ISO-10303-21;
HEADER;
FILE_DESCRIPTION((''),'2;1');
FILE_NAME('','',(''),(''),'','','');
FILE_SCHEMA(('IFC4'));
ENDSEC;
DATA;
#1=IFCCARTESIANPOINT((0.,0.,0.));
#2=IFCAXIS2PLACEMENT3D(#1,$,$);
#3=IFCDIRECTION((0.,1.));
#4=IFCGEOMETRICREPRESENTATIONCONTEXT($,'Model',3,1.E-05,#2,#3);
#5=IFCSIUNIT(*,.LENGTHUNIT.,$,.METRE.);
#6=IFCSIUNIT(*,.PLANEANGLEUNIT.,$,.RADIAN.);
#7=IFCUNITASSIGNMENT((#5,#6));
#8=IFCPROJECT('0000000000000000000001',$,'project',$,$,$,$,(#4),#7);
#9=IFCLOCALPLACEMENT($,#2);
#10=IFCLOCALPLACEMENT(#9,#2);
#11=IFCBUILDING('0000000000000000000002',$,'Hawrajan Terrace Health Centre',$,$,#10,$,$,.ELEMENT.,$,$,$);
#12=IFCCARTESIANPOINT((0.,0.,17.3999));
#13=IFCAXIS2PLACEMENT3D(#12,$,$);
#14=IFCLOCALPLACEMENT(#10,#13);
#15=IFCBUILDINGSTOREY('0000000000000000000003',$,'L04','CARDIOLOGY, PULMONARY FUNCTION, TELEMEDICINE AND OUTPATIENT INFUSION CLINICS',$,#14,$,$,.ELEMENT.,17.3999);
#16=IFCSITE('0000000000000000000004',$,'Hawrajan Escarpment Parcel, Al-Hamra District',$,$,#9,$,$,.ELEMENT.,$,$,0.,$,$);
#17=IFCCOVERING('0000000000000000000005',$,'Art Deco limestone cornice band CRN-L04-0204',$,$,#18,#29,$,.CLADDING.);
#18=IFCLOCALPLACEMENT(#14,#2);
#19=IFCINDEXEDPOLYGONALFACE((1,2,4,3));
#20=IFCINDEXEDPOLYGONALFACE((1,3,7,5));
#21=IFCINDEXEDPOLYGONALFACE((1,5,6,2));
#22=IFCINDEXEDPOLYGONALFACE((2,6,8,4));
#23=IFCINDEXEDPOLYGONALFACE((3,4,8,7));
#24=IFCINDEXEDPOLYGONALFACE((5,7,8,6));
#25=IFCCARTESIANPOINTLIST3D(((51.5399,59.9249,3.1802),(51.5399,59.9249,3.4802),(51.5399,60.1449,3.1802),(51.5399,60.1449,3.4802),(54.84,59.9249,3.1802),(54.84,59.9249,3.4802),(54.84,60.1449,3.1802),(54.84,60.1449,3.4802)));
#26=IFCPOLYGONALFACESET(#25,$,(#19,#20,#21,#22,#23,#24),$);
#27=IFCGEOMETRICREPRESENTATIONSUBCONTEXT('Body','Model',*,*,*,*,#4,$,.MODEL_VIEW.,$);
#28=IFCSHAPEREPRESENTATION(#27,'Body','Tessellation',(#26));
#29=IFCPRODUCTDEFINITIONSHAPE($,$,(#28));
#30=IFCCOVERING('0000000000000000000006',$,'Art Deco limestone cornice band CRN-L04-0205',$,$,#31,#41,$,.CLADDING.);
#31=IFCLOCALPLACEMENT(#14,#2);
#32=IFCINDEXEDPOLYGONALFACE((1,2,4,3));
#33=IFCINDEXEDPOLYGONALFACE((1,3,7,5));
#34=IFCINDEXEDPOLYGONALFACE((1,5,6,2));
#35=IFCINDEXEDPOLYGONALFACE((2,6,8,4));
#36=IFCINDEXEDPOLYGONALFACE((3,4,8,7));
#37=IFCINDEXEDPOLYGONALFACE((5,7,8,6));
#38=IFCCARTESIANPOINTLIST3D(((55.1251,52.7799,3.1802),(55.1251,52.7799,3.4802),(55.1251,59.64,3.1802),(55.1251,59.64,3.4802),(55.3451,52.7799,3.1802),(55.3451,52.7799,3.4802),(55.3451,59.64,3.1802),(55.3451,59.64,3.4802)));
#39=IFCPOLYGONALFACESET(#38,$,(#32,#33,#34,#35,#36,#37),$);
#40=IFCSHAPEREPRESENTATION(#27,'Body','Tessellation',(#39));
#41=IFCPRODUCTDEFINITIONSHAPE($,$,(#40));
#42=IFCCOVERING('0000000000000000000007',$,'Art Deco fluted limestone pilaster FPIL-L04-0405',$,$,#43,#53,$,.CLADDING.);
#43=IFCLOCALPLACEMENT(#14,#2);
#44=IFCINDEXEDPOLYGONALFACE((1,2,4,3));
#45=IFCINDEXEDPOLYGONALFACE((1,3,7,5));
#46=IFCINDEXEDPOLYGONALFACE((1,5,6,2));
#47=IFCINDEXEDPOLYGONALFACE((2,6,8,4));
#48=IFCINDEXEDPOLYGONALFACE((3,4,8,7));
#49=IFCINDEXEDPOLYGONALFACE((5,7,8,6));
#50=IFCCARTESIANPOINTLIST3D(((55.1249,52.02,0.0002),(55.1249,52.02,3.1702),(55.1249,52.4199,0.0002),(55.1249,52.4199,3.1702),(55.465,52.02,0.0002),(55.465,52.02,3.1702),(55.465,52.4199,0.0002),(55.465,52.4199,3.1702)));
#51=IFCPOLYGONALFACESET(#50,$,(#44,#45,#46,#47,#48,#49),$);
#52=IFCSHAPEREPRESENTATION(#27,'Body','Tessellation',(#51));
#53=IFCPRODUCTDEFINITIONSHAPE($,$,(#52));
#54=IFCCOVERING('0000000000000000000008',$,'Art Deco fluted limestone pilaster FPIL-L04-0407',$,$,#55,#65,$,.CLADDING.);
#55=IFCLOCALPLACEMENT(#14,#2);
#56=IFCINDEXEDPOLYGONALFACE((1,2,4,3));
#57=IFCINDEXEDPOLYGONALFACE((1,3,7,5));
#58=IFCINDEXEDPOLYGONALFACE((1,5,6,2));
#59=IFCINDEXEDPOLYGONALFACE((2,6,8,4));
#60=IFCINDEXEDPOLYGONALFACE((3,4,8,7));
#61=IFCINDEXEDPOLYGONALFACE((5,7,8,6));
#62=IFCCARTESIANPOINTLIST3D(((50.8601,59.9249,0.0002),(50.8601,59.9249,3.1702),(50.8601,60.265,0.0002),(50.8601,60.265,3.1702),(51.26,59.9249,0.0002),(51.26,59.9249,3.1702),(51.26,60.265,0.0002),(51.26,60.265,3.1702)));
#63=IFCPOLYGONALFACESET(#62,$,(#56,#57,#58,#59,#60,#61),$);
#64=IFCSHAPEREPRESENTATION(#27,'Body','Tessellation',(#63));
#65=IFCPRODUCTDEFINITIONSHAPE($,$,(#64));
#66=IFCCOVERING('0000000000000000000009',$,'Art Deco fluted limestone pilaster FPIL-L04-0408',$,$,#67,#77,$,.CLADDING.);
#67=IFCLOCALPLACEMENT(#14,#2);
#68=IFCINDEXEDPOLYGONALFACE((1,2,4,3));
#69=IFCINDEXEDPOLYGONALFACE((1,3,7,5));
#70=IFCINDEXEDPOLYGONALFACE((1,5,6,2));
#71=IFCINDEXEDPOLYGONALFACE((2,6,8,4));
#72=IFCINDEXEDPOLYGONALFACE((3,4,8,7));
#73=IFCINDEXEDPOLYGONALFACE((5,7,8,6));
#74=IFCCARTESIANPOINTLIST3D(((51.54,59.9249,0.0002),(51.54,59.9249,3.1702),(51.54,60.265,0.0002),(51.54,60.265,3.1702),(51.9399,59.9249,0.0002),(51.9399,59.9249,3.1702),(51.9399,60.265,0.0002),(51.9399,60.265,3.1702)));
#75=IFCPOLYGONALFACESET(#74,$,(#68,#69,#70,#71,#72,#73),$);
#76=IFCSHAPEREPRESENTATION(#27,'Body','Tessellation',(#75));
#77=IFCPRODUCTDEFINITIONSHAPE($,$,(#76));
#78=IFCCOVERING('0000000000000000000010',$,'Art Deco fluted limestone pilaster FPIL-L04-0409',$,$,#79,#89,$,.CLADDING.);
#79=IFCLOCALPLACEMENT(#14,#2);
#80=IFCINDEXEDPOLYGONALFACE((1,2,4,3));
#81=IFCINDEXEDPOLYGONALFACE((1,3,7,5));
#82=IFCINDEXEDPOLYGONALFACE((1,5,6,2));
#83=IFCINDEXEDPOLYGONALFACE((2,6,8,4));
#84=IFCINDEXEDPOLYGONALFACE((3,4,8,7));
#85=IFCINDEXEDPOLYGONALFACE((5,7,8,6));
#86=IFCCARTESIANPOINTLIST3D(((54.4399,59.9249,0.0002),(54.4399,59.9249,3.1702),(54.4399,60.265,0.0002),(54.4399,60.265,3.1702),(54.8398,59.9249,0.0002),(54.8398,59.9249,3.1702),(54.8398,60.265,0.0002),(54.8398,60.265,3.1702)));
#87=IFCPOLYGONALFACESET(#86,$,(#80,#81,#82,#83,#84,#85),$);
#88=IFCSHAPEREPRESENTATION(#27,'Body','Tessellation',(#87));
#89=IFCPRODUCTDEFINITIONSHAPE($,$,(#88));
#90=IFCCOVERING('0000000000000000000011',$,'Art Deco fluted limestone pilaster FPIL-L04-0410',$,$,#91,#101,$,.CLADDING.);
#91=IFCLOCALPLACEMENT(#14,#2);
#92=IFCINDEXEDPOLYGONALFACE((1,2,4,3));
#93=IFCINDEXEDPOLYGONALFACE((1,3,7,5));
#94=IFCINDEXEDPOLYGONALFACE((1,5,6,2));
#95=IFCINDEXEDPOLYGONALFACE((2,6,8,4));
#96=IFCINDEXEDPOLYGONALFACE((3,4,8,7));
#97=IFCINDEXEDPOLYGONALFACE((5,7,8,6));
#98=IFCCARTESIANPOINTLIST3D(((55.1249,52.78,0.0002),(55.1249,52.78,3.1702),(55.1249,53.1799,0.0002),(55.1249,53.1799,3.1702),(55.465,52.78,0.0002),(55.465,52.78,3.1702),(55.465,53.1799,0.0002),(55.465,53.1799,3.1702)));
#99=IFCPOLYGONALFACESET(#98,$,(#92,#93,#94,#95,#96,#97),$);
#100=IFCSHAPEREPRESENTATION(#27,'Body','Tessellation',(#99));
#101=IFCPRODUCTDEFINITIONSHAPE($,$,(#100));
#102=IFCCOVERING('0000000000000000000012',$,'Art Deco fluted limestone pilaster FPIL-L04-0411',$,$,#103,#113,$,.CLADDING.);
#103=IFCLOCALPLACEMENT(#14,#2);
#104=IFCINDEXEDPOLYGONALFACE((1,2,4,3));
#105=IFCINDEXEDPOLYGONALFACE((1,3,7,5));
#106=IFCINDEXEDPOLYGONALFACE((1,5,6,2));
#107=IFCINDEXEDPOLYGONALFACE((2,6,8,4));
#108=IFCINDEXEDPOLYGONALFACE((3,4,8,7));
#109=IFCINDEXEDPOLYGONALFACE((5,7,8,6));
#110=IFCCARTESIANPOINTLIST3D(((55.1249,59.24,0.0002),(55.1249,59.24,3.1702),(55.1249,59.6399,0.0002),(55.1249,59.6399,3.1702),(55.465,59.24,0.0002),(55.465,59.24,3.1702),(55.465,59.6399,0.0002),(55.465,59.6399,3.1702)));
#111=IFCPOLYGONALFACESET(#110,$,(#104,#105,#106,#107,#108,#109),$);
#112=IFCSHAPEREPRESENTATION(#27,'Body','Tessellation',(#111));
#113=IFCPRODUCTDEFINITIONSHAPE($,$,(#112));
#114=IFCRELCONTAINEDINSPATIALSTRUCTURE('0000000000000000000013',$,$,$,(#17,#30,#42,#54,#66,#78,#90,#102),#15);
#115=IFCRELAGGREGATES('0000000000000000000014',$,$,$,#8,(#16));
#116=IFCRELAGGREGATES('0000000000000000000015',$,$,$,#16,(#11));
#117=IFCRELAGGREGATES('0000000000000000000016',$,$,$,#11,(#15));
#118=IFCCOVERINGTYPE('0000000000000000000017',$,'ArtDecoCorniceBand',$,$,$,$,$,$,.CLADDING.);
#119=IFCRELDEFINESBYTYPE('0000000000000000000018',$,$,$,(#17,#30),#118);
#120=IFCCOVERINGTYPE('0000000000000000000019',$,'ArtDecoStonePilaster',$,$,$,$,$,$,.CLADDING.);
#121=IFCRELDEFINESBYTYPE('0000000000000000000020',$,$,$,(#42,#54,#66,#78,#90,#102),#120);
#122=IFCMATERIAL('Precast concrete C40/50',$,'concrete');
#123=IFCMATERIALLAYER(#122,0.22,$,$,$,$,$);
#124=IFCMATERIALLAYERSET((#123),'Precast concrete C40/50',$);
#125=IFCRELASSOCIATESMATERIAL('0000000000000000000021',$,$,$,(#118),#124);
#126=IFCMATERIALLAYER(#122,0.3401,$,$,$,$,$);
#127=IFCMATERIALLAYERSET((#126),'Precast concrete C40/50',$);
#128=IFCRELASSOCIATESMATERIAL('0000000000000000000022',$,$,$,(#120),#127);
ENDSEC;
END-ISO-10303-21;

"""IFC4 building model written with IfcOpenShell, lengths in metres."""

from ifc_helpers import new_model, si_unit, direction, frame, origin, origin_2d, place, context, subcontext, project, spatial, rectangle, extrude, material, layer, layer_set, type_object, element, save


model = new_model("IFC4")

# Units and contexts
model_context = context("Model", 3, precision=1e-05, world=origin(), true_north=direction((0.0, 1.0)))
body_context = subcontext(model_context, "Body", "Model", "MODEL_VIEW")
ifc_project = project(units=[si_unit("LENGTHUNIT", "METRE"), si_unit("PLANEANGLEUNIT", "RADIAN")], contexts=[model_context])

# Site, building, storey
site_placement = place(None, origin())
site = spatial("IfcSite", under=ifc_project, at=site_placement, Name="Hawrajan Escarpment Parcel, Al-Hamra District", CompositionType="ELEMENT", RefElevation=0.0)
building_placement = place(site_placement, origin())
building = spatial("IfcBuilding", under=site, at=building_placement, Name="Hawrajan Terrace Health Centre", CompositionType="ELEMENT")
storey_placement = place(building_placement, frame((0.0, 0.0, 17.3999)))
storey = spatial("IfcBuildingStorey", under=building, at=storey_placement, Name="L04", Description="CARDIOLOGY, PULMONARY FUNCTION, TELEMEDICINE AND OUTPATIENT INFUSION CLINICS", CompositionType="ELEMENT", Elevation=17.3999)

# Coverings
ifc_material_1 = material(Name="Precast concrete C40/50", Category="concrete")
ifc_layer_1 = layer(ifc_material_1, 0.22)
ifc_layer_set_1 = layer_set([ifc_layer_1], Name="Precast concrete C40/50")
covering_type_1 = type_object("IfcCoveringType", Name="ArtDecoCorniceBand", PredefinedType="CLADDING", material=ifc_layer_set_1)
covering_1_placement = place(storey_placement, frame((53.1899, 60.0349, 3.1802), z_axis=(0.0, 0.0, 1.0), x_axis=(1.0, 0.0, 0.0)))
element("IfcCovering", 1, at=covering_1_placement, inside=storey, type_object=covering_type_1, Name="Art Deco limestone cornice band CRN-L04-0204", PredefinedType="CLADDING", context=body_context, shape_type="SweptSolid", body=[
    extrude(rectangle(XDim=3.3, YDim=0.22, at=origin_2d()), origin(), (0.0, 0.0, 1.0), 0.3),
])
covering_2_placement = place(storey_placement, frame((55.2351, 56.21, 3.1802), z_axis=(0.0, 0.0, 1.0), x_axis=(0.0, 1.0, 0.0)))
element("IfcCovering", 2, at=covering_2_placement, inside=storey, type_object=covering_type_1, Name="Art Deco limestone cornice band CRN-L04-0205", PredefinedType="CLADDING", context=body_context, shape_type="SweptSolid", body=[
    extrude(rectangle(XDim=6.8601, YDim=0.22, at=origin_2d()), origin(), (0.0, 0.0, 1.0), 0.3),
])
ifc_layer_2 = layer(ifc_material_1, 0.3401)
ifc_layer_set_2 = layer_set([ifc_layer_2], Name="Precast concrete C40/50")
covering_type_2 = type_object("IfcCoveringType", Name="ArtDecoStonePilaster", PredefinedType="CLADDING", material=ifc_layer_set_2)
for number, where, z_axis, x_axis, name in (
    (3, (55.2949, 52.22, 0.0002), (0.0, 0.0, 1.0), (0.0, 1.0, 0.0), "Art Deco fluted limestone pilaster FPIL-L04-0405"),
    (4, (51.0601, 60.095, 0.0002), (0.0, 0.0, 1.0), (1.0, 0.0, 0.0), "Art Deco fluted limestone pilaster FPIL-L04-0407"),
    (5, (51.74, 60.095, 0.0002), (0.0, 0.0, 1.0), (1.0, 0.0, 0.0), "Art Deco fluted limestone pilaster FPIL-L04-0408"),
    (6, (54.6399, 60.095, 0.0002), (0.0, 0.0, 1.0), (1.0, 0.0, 0.0), "Art Deco fluted limestone pilaster FPIL-L04-0409"),
    (7, (55.2949, 52.98, 0.0002), (0.0, 0.0, 1.0), (0.0, 1.0, 0.0), "Art Deco fluted limestone pilaster FPIL-L04-0410"),
    (8, (55.2949, 59.4399, 0.0002), (0.0, 0.0, 1.0), (0.0, 1.0, 0.0), "Art Deco fluted limestone pilaster FPIL-L04-0411"),
):
    element("IfcCovering", number, at=place(storey_placement, frame(where, z_axis=z_axis, x_axis=x_axis)), inside=storey, type_object=covering_type_2, Name=name, PredefinedType="CLADDING", context=body_context, shape_type="SweptSolid", body=[
        extrude(rectangle(XDim=0.3999, YDim=0.3401, at=origin_2d()), origin(), (0.0, 0.0, 1.0), 3.1699),
    ])

save(model, "model.ifc")
